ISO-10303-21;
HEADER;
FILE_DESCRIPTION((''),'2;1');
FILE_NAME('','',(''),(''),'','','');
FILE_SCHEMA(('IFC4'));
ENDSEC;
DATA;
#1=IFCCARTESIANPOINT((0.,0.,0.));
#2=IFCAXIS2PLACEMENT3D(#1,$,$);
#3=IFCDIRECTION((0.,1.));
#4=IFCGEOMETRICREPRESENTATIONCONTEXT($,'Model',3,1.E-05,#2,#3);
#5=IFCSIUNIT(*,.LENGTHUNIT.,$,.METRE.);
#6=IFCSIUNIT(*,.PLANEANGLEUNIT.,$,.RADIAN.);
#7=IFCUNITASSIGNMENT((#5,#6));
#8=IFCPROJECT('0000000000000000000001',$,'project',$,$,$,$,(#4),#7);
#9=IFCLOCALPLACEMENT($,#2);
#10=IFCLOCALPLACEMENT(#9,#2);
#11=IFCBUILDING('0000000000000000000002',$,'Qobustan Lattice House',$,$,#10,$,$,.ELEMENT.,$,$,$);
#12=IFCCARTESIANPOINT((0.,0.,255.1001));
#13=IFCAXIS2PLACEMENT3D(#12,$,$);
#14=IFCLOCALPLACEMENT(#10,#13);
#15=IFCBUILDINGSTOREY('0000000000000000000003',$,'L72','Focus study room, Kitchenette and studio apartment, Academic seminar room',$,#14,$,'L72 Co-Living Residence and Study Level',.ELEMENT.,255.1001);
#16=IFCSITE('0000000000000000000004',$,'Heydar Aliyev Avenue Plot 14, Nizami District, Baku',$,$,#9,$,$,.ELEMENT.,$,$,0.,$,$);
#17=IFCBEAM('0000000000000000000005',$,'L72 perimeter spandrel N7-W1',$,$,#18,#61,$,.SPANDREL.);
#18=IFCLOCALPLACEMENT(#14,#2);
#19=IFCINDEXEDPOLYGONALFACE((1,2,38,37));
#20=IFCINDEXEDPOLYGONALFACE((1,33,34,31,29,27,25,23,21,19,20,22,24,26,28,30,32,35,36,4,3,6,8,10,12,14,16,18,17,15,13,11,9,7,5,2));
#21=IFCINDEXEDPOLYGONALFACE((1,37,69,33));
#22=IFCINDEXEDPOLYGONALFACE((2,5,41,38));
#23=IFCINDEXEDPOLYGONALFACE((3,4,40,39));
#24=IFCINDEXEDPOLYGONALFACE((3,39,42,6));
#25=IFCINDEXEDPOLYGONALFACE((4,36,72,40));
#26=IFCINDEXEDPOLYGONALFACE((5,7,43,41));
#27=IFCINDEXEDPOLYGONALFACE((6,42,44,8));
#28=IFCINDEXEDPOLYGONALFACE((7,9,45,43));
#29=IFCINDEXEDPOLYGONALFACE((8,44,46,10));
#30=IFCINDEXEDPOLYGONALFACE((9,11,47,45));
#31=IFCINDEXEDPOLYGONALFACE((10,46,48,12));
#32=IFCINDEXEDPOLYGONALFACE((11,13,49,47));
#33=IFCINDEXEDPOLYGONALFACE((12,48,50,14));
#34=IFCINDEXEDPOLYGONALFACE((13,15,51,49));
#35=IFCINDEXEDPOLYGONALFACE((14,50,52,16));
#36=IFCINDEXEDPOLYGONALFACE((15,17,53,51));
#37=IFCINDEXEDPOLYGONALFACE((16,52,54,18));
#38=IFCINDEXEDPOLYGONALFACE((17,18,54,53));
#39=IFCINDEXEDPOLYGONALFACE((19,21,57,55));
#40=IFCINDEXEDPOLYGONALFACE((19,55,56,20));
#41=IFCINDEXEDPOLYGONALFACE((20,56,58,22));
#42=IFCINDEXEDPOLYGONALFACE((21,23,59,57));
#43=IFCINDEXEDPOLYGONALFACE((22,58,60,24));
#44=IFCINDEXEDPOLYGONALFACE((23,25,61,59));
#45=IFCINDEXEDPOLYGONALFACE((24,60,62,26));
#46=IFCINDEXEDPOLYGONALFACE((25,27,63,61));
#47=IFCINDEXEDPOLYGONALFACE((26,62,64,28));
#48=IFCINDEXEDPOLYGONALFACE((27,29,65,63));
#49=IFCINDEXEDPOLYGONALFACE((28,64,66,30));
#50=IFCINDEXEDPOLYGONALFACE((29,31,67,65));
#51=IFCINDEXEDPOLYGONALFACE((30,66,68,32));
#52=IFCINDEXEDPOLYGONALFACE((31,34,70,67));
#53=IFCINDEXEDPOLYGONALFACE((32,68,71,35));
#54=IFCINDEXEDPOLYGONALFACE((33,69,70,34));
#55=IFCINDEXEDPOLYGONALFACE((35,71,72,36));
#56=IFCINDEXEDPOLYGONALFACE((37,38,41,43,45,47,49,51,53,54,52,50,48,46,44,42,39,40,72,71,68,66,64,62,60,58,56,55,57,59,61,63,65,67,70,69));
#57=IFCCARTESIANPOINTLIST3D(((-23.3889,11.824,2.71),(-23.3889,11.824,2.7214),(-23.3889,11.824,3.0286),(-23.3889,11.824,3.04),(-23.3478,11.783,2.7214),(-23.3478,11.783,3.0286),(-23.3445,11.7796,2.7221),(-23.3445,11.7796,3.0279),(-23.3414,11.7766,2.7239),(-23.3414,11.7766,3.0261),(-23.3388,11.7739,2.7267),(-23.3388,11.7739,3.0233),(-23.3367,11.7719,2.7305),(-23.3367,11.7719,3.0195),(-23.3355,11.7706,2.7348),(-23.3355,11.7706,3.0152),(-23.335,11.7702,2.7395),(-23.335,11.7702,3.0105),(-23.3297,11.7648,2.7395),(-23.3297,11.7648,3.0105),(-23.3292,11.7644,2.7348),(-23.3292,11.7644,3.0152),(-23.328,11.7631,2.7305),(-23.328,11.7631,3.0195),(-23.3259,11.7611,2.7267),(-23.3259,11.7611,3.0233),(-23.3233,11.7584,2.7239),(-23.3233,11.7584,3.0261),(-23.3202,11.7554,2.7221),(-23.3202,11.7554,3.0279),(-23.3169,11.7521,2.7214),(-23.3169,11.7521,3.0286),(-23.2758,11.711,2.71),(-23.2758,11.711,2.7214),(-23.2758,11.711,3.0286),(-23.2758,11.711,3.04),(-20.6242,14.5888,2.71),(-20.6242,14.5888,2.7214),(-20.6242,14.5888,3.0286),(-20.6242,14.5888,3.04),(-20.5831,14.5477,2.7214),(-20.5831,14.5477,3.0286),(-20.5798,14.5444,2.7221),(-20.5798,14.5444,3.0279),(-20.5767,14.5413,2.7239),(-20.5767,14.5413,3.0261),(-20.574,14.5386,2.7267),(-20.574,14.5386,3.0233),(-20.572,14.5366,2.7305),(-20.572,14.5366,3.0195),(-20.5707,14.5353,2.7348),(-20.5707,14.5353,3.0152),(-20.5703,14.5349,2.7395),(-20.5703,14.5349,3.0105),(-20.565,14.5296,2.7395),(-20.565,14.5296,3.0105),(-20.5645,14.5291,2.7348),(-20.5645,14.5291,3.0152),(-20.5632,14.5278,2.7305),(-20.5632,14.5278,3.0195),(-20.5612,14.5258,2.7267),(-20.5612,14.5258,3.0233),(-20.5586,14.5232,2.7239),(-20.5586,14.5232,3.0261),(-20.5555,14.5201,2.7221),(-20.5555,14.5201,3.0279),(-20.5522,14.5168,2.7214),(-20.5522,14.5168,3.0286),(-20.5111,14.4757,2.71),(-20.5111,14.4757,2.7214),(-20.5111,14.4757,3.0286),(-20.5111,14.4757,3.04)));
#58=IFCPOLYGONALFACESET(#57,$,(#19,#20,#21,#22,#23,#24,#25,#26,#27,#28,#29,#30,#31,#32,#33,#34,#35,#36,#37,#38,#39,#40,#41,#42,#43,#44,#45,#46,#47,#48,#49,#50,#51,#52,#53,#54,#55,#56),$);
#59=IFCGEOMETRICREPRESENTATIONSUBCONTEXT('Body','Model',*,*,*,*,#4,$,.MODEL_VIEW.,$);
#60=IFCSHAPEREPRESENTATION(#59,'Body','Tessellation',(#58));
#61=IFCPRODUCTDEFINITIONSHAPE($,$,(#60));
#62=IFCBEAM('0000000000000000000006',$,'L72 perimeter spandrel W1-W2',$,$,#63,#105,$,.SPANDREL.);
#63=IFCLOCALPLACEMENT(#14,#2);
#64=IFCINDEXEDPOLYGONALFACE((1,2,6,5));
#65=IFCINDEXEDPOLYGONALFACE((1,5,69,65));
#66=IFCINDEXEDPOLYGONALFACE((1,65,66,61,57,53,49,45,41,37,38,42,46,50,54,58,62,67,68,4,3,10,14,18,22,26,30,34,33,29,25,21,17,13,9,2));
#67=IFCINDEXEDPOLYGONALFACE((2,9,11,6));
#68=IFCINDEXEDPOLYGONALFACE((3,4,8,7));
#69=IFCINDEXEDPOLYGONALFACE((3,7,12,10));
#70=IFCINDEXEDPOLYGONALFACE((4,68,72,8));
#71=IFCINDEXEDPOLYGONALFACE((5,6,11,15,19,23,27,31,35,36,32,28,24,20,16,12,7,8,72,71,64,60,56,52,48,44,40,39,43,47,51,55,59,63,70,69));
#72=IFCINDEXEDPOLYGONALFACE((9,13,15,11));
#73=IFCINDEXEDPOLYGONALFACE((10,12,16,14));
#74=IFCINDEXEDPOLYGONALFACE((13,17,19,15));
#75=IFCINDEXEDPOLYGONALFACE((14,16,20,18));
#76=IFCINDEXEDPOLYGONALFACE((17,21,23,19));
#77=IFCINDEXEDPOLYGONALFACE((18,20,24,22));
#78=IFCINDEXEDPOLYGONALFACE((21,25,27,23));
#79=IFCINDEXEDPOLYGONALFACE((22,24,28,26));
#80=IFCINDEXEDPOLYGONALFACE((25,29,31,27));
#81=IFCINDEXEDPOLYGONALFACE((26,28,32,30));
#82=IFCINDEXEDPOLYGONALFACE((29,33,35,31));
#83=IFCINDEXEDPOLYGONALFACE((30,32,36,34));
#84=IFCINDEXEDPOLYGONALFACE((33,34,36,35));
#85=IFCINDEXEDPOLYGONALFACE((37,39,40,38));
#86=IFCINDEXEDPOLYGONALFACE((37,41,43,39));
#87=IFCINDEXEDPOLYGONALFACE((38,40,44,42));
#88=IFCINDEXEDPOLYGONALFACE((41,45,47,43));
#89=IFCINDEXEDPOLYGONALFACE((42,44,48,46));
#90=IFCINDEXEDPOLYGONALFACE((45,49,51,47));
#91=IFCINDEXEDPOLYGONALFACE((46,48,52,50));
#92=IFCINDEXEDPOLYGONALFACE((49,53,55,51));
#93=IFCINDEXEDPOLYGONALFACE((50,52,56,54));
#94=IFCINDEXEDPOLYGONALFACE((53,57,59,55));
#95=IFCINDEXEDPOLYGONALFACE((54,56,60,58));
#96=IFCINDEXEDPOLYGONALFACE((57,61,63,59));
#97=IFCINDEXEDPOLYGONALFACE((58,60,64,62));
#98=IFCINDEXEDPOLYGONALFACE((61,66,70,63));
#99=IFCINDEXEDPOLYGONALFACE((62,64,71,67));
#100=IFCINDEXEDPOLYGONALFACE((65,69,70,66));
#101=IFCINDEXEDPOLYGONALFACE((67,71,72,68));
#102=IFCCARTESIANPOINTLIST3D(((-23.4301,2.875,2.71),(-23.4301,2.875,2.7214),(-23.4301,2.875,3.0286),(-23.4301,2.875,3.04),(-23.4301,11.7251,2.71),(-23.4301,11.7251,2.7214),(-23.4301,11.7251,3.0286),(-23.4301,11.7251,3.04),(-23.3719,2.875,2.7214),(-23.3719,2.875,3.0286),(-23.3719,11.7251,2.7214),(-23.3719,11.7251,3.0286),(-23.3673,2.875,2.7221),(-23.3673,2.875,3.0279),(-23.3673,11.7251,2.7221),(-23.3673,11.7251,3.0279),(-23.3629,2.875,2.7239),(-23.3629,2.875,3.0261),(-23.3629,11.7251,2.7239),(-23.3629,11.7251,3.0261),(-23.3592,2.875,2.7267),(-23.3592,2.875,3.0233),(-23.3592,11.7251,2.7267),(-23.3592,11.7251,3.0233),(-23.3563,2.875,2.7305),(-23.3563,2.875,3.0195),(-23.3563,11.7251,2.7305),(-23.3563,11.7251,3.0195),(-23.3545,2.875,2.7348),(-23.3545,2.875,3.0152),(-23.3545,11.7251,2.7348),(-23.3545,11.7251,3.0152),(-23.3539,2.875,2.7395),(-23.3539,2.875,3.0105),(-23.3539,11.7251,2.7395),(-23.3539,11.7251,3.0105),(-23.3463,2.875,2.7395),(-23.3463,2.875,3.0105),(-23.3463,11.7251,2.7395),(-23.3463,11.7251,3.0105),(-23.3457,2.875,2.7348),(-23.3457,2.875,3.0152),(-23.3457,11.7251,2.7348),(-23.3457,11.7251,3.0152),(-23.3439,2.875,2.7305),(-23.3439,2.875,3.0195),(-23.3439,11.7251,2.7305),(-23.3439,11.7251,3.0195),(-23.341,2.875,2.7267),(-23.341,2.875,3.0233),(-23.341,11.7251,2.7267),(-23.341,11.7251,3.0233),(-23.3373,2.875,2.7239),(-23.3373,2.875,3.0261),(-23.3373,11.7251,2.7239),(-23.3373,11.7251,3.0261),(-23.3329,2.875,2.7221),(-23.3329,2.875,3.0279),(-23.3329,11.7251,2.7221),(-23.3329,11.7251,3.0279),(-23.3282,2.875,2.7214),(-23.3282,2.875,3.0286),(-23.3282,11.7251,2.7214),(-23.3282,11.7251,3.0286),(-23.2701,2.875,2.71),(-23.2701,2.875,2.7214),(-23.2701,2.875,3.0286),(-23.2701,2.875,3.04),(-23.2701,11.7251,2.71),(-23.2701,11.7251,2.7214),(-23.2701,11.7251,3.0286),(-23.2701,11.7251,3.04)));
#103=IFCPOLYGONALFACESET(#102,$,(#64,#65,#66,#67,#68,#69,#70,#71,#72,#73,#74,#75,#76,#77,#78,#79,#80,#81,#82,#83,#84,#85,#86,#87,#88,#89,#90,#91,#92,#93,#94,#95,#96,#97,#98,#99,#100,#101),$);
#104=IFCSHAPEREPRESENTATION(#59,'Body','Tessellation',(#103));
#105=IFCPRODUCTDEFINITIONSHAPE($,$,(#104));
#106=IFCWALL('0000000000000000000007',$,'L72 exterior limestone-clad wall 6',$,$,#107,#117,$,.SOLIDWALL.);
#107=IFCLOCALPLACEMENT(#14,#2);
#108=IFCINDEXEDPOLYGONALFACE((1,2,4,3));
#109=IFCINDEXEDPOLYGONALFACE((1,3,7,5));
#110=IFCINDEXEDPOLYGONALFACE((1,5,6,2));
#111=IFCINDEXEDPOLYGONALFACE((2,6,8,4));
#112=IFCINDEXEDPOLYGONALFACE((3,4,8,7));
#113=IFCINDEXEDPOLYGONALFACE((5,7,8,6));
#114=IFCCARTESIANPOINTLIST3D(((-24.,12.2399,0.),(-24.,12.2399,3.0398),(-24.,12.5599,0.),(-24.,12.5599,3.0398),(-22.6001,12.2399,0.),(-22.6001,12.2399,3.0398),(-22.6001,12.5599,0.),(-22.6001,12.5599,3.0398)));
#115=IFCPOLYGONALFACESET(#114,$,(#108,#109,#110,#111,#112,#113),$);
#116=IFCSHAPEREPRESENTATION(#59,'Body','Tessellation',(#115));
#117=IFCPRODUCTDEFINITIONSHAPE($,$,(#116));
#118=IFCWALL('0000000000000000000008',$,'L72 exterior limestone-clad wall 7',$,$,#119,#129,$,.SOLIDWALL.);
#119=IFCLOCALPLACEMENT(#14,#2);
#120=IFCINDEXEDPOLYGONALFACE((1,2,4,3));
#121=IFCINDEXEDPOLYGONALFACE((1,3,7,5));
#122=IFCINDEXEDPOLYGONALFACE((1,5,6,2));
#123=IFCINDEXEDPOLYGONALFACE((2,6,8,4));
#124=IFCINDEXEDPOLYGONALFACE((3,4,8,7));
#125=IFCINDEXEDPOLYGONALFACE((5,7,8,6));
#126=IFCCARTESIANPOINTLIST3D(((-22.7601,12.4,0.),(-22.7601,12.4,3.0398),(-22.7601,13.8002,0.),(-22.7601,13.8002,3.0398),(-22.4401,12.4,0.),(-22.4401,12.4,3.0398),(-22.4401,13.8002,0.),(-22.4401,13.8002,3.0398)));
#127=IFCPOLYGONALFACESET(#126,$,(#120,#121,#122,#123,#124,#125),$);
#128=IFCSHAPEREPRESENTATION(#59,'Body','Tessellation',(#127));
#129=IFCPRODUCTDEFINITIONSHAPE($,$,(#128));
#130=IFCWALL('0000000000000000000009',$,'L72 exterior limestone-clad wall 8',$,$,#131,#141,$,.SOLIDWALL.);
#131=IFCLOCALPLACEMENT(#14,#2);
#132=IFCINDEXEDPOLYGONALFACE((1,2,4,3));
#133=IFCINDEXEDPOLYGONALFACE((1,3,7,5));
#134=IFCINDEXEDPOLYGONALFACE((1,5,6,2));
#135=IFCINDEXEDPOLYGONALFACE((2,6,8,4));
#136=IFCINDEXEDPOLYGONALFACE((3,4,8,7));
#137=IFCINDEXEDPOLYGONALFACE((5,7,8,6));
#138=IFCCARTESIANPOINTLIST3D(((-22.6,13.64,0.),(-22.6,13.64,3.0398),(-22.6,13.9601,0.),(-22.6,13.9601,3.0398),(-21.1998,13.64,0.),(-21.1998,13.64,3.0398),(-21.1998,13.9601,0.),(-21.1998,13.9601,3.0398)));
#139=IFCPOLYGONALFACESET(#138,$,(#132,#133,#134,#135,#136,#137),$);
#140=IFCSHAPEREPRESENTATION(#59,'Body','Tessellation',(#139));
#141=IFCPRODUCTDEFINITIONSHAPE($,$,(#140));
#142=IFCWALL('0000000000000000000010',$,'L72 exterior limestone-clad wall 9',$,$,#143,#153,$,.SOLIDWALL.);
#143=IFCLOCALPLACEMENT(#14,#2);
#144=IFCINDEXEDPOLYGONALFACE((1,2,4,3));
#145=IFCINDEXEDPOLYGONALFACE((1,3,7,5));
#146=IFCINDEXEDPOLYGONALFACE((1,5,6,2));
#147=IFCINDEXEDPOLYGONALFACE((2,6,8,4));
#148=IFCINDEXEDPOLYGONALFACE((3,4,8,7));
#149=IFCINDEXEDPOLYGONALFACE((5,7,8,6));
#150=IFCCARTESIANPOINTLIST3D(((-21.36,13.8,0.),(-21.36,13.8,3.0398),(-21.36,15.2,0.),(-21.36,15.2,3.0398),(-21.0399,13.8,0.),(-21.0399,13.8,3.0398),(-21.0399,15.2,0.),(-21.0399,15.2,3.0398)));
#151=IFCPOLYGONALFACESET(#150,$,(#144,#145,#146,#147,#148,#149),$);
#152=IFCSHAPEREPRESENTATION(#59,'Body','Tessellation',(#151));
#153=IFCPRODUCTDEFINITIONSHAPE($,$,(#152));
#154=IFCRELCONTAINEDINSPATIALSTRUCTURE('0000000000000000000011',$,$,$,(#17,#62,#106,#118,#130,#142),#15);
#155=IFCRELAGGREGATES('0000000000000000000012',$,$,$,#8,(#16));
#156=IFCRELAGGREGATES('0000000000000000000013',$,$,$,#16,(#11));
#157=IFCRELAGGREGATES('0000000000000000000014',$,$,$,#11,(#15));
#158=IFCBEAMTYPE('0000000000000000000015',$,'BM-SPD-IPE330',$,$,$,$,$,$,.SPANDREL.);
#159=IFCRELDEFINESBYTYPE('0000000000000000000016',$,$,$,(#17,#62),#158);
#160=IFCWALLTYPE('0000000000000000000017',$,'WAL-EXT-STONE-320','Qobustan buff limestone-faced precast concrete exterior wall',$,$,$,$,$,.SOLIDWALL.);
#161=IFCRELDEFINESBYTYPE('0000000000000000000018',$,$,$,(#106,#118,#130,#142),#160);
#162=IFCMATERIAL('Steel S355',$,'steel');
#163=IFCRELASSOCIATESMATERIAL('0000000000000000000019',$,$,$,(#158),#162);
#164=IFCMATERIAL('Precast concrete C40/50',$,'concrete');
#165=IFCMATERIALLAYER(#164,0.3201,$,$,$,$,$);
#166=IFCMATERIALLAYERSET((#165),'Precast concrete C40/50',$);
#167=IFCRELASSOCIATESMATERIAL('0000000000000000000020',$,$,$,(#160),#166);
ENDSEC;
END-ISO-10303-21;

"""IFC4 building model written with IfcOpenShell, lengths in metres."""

from ifc_helpers import new_model, si_unit, direction, frame, frame_2d, origin, origin_2d, place, context, subcontext, project, spatial, rectangle, i_section, extrude, material, layer, layer_set, material_profile, profile_set, type_object, element, save


model = new_model("IFC4")

# Units and contexts
model_context = context("Model", 3, precision=1e-05, world=origin(), true_north=direction((0.0, 1.0)))
body_context = subcontext(model_context, "Body", "Model", "MODEL_VIEW")
ifc_project = project(units=[si_unit("LENGTHUNIT", "METRE"), si_unit("PLANEANGLEUNIT", "RADIAN")], contexts=[model_context])

# Site, building, storey
site_placement = place(None, origin())
site = spatial("IfcSite", under=ifc_project, at=site_placement, Name="Heydar Aliyev Avenue Plot 14, Nizami District, Baku", CompositionType="ELEMENT", RefElevation=0.0)
building_placement = place(site_placement, origin())
building = spatial("IfcBuilding", under=site, at=building_placement, Name="Qobustan Lattice House", CompositionType="ELEMENT")
storey_placement = place(building_placement, frame((0.0, 0.0, 255.1001)))
storey = spatial("IfcBuildingStorey", under=building, at=storey_placement, Name="L72", Description="Focus study room, Kitchenette and studio apartment, Academic seminar room", LongName="L72 Co-Living Residence and Study Level", CompositionType="ELEMENT", Elevation=255.1001)

# Beams
ifc_material_1 = material(Name="Steel S355", Category="steel")
ifc_material_profile_1 = material_profile(ifc_material_1, i_section(OverallWidth=0.1599, OverallDepth=0.3301, WebThickness=0.0076, FlangeThickness=0.0115, FilletRadius=0.0181, at=origin_2d()), Name="IPE330")
ifc_profile_set_1 = profile_set([ifc_material_profile_1], Name="Steel S355")
beam_type_1 = type_object("IfcBeamType", Name="BM-SPD-IPE330", PredefinedType="SPANDREL", material=ifc_profile_set_1)
beam_1_placement = place(storey_placement, frame((-20.5676, 14.5322, 2.875), z_axis=(-0.707107, -0.707107, 0.0), x_axis=(0.707107, -0.707107, 0.0)))
element("IfcBeam", 1, at=beam_1_placement, inside=storey, type_object=beam_type_1, Name="L72 perimeter spandrel N7-W1", PredefinedType="SPANDREL", context=body_context, shape_type="SweptSolid", body=[
    extrude(i_section(OverallWidth=0.1599, OverallDepth=0.3301, WebThickness=0.0076, FlangeThickness=0.0115, FilletRadius=0.0181, at=origin_2d()), origin(), (0.0, 0.0, 1.0), 3.9099),
])
beam_2_placement = place(storey_placement, frame((-23.3501, 11.7251, 2.875), z_axis=(0.0, -1.0, 0.0), x_axis=(1.0, 0.0, 0.0)))
element("IfcBeam", 2, at=beam_2_placement, inside=storey, type_object=beam_type_1, Name="L72 perimeter spandrel W1-W2", PredefinedType="SPANDREL", context=body_context, shape_type="SweptSolid", body=[
    extrude(i_section(OverallWidth=0.1599, OverallDepth=0.3301, WebThickness=0.0076, FlangeThickness=0.0115, FilletRadius=0.0181, at=origin_2d()), origin(), (0.0, 0.0, 1.0), 8.8501),
])

# Walls
ifc_material_2 = material(Name="Precast concrete C40/50", Category="concrete")
ifc_layer_1 = layer(ifc_material_2, 0.3201)
ifc_layer_set_1 = layer_set([ifc_layer_1], Name="Precast concrete C40/50")
wall_type_1 = type_object("IfcWallType", Name="WAL-EXT-STONE-320", Description="Qobustan buff limestone-faced precast concrete exterior wall", PredefinedType="SOLIDWALL", material=ifc_layer_set_1)
wall_1_placement = place(storey_placement, frame((-24.0, 12.3999, 0.0), z_axis=(0.0, 0.0, 1.0), x_axis=(1.0, 0.0, 0.0)))
element("IfcWall", 3, at=wall_1_placement, inside=storey, type_object=wall_type_1, Name="L72 exterior limestone-clad wall 6", PredefinedType="SOLIDWALL", context=body_context, shape_type="SweptSolid", body=[
    extrude(rectangle(XDim=1.3999, YDim=0.3201, at=frame_2d((0.7, 0.0))), origin(), (0.0, 0.0, 1.0), 3.0398),
])
for number, where, z_axis, x_axis, name in (
    (4, (-22.6001, 12.3999, 0.0), (0.0, 0.0, 1.0), (0.0, 1.0, 0.0), "L72 exterior limestone-clad wall 7"),
    (5, (-22.6001, 13.8, 0.0), (0.0, 0.0, 1.0), (1.0, 0.0, 0.0), "L72 exterior limestone-clad wall 8"),
):
    element("IfcWall", number, at=place(storey_placement, frame(where, z_axis=z_axis, x_axis=x_axis)), inside=storey, type_object=wall_type_1, Name=name, PredefinedType="SOLIDWALL", context=body_context, shape_type="SweptSolid", body=[
        extrude(rectangle(XDim=1.4001, YDim=0.3201, at=frame_2d((0.7002, 0.0))), origin(), (0.0, 0.0, 1.0), 3.0398),
    ])
wall_2_placement = place(storey_placement, frame((-21.2, 13.8, 0.0), z_axis=(0.0, 0.0, 1.0), x_axis=(0.0, 1.0, 0.0)))
element("IfcWall", 6, at=wall_2_placement, inside=storey, type_object=wall_type_1, Name="L72 exterior limestone-clad wall 9", PredefinedType="SOLIDWALL", context=body_context, shape_type="SweptSolid", body=[
    extrude(rectangle(XDim=1.3999, YDim=0.3201, at=frame_2d((0.7, 0.0))), origin(), (0.0, 0.0, 1.0), 3.0398),
])

save(model, "model.ifc")
